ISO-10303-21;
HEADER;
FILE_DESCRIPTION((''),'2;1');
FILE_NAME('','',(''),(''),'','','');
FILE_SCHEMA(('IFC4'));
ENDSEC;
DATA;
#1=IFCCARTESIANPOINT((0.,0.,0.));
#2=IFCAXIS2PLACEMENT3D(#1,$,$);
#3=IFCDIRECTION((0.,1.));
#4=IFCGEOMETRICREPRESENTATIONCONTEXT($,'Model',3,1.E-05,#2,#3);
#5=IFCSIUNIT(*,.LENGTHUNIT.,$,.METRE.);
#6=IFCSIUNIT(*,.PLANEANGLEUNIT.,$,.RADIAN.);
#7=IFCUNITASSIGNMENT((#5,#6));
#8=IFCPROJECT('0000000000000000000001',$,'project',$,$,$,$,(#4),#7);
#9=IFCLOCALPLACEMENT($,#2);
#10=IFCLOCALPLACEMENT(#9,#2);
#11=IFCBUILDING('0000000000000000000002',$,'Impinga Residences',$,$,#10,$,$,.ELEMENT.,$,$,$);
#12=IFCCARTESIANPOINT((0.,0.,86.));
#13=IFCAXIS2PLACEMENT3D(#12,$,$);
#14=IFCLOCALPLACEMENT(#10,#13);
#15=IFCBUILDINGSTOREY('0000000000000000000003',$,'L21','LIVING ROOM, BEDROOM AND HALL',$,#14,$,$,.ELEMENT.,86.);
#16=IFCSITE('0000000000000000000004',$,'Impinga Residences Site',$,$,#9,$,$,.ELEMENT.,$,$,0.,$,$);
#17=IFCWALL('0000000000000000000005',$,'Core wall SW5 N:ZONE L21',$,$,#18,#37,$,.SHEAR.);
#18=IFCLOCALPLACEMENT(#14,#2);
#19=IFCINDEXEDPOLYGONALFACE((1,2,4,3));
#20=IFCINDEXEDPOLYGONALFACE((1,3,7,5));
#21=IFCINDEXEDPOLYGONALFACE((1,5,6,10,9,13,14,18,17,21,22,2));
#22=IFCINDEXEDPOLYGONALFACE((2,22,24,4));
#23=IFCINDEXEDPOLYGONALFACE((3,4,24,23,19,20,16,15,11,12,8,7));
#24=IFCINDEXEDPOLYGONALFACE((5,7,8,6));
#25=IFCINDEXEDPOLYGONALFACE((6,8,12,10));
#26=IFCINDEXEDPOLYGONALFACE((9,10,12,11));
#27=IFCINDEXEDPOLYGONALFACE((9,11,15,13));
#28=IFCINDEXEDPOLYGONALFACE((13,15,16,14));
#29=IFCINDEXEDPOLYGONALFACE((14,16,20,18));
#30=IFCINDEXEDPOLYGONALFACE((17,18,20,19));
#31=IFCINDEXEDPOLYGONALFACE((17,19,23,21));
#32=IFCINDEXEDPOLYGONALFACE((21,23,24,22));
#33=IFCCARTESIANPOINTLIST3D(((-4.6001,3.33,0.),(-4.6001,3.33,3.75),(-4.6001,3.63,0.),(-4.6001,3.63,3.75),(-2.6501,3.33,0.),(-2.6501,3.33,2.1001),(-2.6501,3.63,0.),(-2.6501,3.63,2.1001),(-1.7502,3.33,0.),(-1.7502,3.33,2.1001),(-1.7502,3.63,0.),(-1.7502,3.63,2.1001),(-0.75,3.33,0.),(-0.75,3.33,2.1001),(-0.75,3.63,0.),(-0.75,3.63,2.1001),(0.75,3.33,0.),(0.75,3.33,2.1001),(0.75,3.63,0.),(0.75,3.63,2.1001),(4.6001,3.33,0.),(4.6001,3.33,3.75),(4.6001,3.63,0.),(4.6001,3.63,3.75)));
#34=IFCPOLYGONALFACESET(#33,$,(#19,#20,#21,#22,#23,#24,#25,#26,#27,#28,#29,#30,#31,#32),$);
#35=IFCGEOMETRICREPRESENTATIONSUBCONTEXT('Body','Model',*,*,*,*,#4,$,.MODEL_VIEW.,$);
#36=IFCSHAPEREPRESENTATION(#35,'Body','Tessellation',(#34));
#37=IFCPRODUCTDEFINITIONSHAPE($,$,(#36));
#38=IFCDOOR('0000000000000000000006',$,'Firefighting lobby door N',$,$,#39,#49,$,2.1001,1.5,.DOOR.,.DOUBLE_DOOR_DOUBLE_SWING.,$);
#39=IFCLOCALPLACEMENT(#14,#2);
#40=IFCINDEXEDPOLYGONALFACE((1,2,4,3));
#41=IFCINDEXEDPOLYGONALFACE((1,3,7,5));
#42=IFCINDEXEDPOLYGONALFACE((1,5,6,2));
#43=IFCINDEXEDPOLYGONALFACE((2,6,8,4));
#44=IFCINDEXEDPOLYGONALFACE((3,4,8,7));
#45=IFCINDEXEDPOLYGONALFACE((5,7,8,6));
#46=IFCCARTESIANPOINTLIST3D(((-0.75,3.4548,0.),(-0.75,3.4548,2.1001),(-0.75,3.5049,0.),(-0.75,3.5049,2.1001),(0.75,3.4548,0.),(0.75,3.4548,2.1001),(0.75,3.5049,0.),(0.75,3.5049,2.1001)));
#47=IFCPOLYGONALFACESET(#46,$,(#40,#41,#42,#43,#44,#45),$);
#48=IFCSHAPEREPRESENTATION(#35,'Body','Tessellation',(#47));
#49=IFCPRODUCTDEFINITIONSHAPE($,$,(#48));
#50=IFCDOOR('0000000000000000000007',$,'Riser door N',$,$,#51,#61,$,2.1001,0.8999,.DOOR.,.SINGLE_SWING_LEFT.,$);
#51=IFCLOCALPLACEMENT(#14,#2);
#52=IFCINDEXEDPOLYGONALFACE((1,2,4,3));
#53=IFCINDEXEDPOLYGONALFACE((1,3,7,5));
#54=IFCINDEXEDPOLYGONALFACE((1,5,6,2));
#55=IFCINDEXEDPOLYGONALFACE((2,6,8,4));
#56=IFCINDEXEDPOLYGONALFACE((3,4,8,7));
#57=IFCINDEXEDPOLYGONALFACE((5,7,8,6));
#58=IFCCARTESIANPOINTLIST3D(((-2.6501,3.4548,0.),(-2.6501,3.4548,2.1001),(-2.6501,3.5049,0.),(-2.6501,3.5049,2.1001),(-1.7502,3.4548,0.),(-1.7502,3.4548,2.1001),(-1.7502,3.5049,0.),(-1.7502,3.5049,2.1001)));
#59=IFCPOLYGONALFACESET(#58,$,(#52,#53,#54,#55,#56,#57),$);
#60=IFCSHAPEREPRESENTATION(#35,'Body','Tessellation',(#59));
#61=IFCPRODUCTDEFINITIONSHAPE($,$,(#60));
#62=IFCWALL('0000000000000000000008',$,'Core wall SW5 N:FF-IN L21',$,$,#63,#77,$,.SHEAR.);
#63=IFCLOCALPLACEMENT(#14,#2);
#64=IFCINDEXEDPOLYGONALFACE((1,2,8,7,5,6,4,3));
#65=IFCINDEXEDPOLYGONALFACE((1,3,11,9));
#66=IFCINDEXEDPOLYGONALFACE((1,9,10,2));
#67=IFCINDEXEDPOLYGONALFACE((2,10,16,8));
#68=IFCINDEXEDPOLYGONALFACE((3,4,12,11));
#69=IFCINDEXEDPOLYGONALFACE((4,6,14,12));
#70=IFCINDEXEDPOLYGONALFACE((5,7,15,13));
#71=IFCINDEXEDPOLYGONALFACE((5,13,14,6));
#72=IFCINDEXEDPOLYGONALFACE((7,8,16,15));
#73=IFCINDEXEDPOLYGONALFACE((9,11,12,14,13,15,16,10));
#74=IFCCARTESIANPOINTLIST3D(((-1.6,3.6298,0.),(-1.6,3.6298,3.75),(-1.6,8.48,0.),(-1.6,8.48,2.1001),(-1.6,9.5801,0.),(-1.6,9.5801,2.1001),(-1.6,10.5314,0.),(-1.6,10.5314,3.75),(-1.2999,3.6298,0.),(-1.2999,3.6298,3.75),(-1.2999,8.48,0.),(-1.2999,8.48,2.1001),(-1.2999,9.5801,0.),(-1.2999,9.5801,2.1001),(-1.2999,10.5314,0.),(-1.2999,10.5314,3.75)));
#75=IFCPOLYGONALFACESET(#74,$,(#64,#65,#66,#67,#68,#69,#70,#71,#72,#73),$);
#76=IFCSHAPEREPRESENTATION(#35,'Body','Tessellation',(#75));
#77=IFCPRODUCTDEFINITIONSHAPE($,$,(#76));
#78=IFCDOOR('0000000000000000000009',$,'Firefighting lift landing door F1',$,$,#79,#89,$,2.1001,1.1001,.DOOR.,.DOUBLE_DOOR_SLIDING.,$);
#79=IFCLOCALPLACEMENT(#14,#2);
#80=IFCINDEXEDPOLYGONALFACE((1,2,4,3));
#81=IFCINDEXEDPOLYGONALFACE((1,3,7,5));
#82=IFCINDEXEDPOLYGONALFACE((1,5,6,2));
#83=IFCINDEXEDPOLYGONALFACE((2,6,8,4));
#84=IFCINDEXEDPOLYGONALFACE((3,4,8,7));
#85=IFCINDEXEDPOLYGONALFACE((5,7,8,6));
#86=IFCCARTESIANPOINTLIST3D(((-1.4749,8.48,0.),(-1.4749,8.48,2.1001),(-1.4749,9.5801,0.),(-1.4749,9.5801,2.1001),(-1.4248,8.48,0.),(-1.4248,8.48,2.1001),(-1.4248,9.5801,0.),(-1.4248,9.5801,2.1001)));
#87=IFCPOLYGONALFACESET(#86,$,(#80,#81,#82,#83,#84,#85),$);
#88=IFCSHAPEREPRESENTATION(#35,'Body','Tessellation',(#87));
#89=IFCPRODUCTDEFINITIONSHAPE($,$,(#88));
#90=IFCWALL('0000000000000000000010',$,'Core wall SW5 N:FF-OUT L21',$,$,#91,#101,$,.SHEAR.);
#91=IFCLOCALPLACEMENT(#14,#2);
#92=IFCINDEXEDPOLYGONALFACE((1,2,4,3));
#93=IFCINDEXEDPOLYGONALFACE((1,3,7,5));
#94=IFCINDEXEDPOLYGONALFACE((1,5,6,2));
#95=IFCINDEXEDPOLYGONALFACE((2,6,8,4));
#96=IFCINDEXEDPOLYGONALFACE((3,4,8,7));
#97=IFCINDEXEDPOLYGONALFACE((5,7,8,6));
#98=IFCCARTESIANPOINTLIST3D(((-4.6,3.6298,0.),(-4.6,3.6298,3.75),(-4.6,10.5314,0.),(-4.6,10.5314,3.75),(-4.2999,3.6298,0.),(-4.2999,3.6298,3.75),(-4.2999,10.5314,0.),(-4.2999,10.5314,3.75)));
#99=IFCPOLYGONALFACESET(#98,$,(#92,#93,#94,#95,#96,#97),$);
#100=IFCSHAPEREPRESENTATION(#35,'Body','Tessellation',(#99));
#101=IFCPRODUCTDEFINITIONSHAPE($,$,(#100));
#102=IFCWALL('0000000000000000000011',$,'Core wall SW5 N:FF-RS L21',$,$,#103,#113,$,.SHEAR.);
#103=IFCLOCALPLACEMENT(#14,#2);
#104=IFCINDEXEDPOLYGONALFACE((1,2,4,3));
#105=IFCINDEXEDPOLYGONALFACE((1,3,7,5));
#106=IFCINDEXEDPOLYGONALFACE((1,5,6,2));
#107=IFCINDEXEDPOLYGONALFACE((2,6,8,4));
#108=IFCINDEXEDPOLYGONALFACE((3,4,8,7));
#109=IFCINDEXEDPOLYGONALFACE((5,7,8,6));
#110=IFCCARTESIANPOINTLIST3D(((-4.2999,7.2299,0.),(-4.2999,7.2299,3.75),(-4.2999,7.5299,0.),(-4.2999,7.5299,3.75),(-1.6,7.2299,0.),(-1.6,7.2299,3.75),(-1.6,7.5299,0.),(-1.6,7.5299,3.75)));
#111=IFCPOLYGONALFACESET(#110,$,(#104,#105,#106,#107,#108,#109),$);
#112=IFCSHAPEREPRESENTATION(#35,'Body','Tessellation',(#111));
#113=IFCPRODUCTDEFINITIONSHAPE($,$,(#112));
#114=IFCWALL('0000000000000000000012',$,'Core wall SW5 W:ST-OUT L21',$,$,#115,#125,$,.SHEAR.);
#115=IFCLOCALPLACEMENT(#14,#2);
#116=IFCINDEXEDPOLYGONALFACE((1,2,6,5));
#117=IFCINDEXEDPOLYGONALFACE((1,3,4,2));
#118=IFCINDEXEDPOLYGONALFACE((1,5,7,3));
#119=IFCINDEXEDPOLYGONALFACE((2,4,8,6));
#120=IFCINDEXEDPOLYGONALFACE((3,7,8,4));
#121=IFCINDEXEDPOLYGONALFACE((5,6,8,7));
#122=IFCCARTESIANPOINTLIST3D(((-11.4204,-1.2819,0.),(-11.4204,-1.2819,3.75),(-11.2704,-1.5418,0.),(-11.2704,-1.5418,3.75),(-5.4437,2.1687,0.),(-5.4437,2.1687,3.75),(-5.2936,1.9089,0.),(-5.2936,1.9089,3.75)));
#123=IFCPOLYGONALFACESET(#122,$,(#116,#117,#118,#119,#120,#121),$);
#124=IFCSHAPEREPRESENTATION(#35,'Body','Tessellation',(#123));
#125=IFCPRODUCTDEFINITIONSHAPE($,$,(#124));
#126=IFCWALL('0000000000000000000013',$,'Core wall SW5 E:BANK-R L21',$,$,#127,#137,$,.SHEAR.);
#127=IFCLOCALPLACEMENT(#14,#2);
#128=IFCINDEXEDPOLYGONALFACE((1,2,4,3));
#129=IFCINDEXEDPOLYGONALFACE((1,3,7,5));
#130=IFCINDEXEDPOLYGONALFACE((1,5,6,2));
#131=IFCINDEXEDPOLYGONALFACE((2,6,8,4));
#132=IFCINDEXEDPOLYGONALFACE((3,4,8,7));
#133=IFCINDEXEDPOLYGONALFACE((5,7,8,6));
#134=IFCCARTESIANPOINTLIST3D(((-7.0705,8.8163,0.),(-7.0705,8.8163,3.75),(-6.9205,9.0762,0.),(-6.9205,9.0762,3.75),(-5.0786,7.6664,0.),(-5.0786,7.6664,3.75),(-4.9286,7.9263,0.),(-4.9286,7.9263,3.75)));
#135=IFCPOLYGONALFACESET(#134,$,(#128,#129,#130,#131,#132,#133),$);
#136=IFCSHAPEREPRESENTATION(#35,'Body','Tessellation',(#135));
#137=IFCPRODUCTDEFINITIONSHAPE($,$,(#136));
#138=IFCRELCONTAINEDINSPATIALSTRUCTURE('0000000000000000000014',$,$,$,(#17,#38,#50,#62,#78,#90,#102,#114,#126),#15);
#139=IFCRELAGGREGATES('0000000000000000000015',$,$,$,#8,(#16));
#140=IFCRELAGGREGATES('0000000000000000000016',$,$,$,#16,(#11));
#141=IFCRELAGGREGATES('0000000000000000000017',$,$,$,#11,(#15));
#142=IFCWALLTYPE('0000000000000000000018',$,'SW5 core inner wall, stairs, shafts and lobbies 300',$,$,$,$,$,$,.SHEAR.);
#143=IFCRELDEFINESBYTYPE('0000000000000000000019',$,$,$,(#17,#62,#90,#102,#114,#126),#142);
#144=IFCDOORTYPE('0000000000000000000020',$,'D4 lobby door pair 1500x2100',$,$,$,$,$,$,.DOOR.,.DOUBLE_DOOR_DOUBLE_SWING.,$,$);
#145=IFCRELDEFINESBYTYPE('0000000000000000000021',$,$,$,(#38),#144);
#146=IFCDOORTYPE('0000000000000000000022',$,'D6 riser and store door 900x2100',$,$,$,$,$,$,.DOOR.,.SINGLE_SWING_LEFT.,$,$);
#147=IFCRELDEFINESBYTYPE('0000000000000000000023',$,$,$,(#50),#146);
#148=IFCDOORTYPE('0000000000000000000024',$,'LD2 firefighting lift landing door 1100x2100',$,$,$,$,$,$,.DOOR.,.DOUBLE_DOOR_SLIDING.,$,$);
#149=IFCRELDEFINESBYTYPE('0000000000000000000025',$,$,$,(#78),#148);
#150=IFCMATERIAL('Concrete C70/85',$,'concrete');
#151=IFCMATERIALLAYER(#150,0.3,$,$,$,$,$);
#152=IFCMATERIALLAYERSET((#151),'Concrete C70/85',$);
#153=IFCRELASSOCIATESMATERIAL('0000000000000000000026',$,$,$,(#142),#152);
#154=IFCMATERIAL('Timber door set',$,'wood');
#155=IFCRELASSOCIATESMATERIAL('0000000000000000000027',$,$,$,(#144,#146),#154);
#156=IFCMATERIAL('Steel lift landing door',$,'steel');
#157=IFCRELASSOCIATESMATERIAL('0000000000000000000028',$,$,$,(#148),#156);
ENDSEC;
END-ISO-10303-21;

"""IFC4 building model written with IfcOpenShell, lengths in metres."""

from ifc_helpers import new_model, si_unit, direction, frame, frame_2d, origin, place, context, subcontext, project, spatial, rectangle, extrude, material, layer, layer_set, type_object, element, fill, save


model = new_model("IFC4")

# Units and contexts
model_context = context("Model", 3, precision=1e-05, world=origin(), true_north=direction((0.0, 1.0)))
body_context = subcontext(model_context, "Body", "Model", "MODEL_VIEW")
ifc_project = project(units=[si_unit("LENGTHUNIT", "METRE"), si_unit("PLANEANGLEUNIT", "RADIAN")], contexts=[model_context])

# Site, building, storey
site_placement = place(None, origin())
site = spatial("IfcSite", under=ifc_project, at=site_placement, Name="Impinga Residences Site", CompositionType="ELEMENT", RefElevation=0.0)
building_placement = place(site_placement, origin())
building = spatial("IfcBuilding", under=site, at=building_placement, Name="Impinga Residences", CompositionType="ELEMENT")
storey_placement = place(building_placement, frame((0.0, 0.0, 86.0)))
storey = spatial("IfcBuildingStorey", under=building, at=storey_placement, Name="L21", Description="LIVING ROOM, BEDROOM AND HALL", CompositionType="ELEMENT", Elevation=86.0)

# Wall, openings, doors
ifc_material_1 = material(Name="Concrete C70/85", Category="concrete")
ifc_material_2 = material(Name="Timber door set", Category="wood")
ifc_layer_1 = layer(ifc_material_1, 0.3)
ifc_layer_set_1 = layer_set([ifc_layer_1], Name="Concrete C70/85")
wall_type_1 = type_object("IfcWallType", Name="SW5 core inner wall, stairs, shafts and lobbies 300", PredefinedType="SHEAR", material=ifc_layer_set_1)
wall_1_placement = place(storey_placement, frame((-4.6001, 3.48, 0.0), z_axis=(0.0, 0.0, 1.0), x_axis=(1.0, 0.0, 0.0)))
wall_1 = element("IfcWall", 1, at=wall_1_placement, inside=storey, type_object=wall_type_1, Name="Core wall SW5 N:ZONE L21", PredefinedType="SHEAR", context=body_context, shape_type="SweptSolid", body=[
    extrude(rectangle(XDim=9.2002, YDim=0.3, at=frame_2d((4.6001, 0.0))), origin(), (0.0, 0.0, 1.0), 3.75),
])
opening_1_placement = place(wall_1_placement, frame((3.8501, 0.0, 0.0)))
opening_1 = element("IfcOpeningElement", 2, at=opening_1_placement, cuts=wall_1, PredefinedType="OPENING", context=body_context, shape_type="SweptSolid", body=[
    extrude(rectangle(XDim=1.5, YDim=2.1001, at=frame_2d((0.75, 1.05))), frame((0.0, 0.1599, 0.0), z_axis=(0.0, -1.0, 0.0), x_axis=(1.0, 0.0, 0.0)), (0.0, 0.0, 1.0), 0.3201),
])
opening_2_placement = place(wall_1_placement, frame((1.95, 0.0, 0.0)))
opening_2 = element("IfcOpeningElement", 3, at=opening_2_placement, cuts=wall_1, PredefinedType="OPENING", context=body_context, shape_type="SweptSolid", body=[
    extrude(rectangle(XDim=0.8999, YDim=2.1001, at=frame_2d((0.45, 1.05))), frame((0.0, 0.1599, 0.0), z_axis=(0.0, -1.0, 0.0), x_axis=(1.0, 0.0, 0.0)), (0.0, 0.0, 1.0), 0.3201),
])
door_type_1 = type_object("IfcDoorType", Name="D4 lobby door pair 1500x2100", OperationType="DOUBLE_DOOR_DOUBLE_SWING", PredefinedType="DOOR", material=ifc_material_2)
door_1_placement = place(opening_1_placement, origin())
door_1 = element("IfcDoor", 4, at=door_1_placement, inside=storey, type_object=door_type_1, Name="Firefighting lobby door N", OperationType="DOUBLE_DOOR_DOUBLE_SWING", OverallHeight=2.1001, OverallWidth=1.5, PredefinedType="DOOR", context=body_context, shape_type="SweptSolid", body=[
    extrude(rectangle(XDim=1.5, YDim=2.1001, at=frame_2d((0.75, 1.05))), frame((0.0, 0.0249, 0.0), z_axis=(0.0, -1.0, 0.0), x_axis=(1.0, 0.0, 0.0)), (0.0, 0.0, 1.0), 0.05),
])
fill(opening_1, door_1)
door_type_2 = type_object("IfcDoorType", Name="D6 riser and store door 900x2100", OperationType="SINGLE_SWING_LEFT", PredefinedType="DOOR", material=ifc_material_2)
door_2_placement = place(opening_2_placement, origin())
door_2 = element("IfcDoor", 5, at=door_2_placement, inside=storey, type_object=door_type_2, Name="Riser door N", OperationType="SINGLE_SWING_LEFT", OverallHeight=2.1001, OverallWidth=0.8999, PredefinedType="DOOR", context=body_context, shape_type="SweptSolid", body=[
    extrude(rectangle(XDim=0.8999, YDim=2.1001, at=frame_2d((0.45, 1.05))), frame((0.0, 0.0249, 0.0), z_axis=(0.0, -1.0, 0.0), x_axis=(1.0, 0.0, 0.0)), (0.0, 0.0, 1.0), 0.05),
])
fill(opening_2, door_2)

# Wall, opening, door
wall_2_placement = place(storey_placement, frame((-1.45, 3.6299, 0.0), z_axis=(0.0, 0.0, 1.0), x_axis=(0.0, 1.0, 0.0)))
wall_2 = element("IfcWall", 6, at=wall_2_placement, inside=storey, type_object=wall_type_1, Name="Core wall SW5 N:FF-IN L21", PredefinedType="SHEAR", context=body_context, shape_type="SweptSolid", body=[
    extrude(rectangle(XDim=6.9016, YDim=0.3, at=frame_2d((3.4507, 0.0))), origin(), (0.0, 0.0, 1.0), 3.75),
])
opening_3_placement = place(wall_2_placement, frame((4.8501, 0.0, 0.0)))
opening_3 = element("IfcOpeningElement", 7, at=opening_3_placement, cuts=wall_2, PredefinedType="OPENING", context=body_context, shape_type="SweptSolid", body=[
    extrude(rectangle(XDim=1.1001, YDim=2.1001, at=frame_2d((0.55, 1.05))), frame((0.0, 0.1599, 0.0), z_axis=(0.0, -1.0, 0.0), x_axis=(1.0, 0.0, 0.0)), (0.0, 0.0, 1.0), 0.3201),
])
ifc_material_3 = material(Name="Steel lift landing door", Category="steel")
door_type_3 = type_object("IfcDoorType", Name="LD2 firefighting lift landing door 1100x2100", OperationType="DOUBLE_DOOR_SLIDING", PredefinedType="DOOR", material=ifc_material_3)
door_3_placement = place(opening_3_placement, origin())
door_3 = element("IfcDoor", 8, at=door_3_placement, inside=storey, type_object=door_type_3, Name="Firefighting lift landing door F1", OperationType="DOUBLE_DOOR_SLIDING", OverallHeight=2.1001, OverallWidth=1.1001, PredefinedType="DOOR", context=body_context, shape_type="SweptSolid", body=[
    extrude(rectangle(XDim=1.1001, YDim=2.1001, at=frame_2d((0.55, 1.05))), frame((0.0, 0.0249, 0.0), z_axis=(0.0, -1.0, 0.0), x_axis=(1.0, 0.0, 0.0)), (0.0, 0.0, 1.0), 0.05),
])
fill(opening_3, door_3)

# Walls
wall_3_placement = place(storey_placement, frame((-4.45, 3.6299, 0.0), z_axis=(0.0, 0.0, 1.0), x_axis=(0.0, 1.0, 0.0)))
element("IfcWall", 9, at=wall_3_placement, inside=storey, type_object=wall_type_1, Name="Core wall SW5 N:FF-OUT L21", PredefinedType="SHEAR", context=body_context, shape_type="SweptSolid", body=[
    extrude(rectangle(XDim=6.9016, YDim=0.3, at=frame_2d((3.4507, 0.0))), origin(), (0.0, 0.0, 1.0), 3.75),
])
wall_4_placement = place(storey_placement, frame((-4.3, 7.3799, 0.0), z_axis=(0.0, 0.0, 1.0), x_axis=(1.0, 0.0, 0.0)))
element("IfcWall", 10, at=wall_4_placement, inside=storey, type_object=wall_type_1, Name="Core wall SW5 N:FF-RS L21", PredefinedType="SHEAR", context=body_context, shape_type="SweptSolid", body=[
    extrude(rectangle(XDim=2.7, YDim=0.3, at=frame_2d((1.3501, 0.0))), origin(), (0.0, 0.0, 1.0), 3.75),
])
wall_5_placement = place(storey_placement, frame((-5.3687, 2.0388, 0.0), z_axis=(0.0, 0.0, 1.0), x_axis=(-0.866027, -0.499997, 0.0)))
element("IfcWall", 11, at=wall_5_placement, inside=storey, type_object=wall_type_1, Name="Core wall SW5 W:ST-OUT L21", PredefinedType="SHEAR", context=body_context, shape_type="SweptSolid", body=[
    extrude(rectangle(XDim=6.9014, YDim=0.3, at=frame_2d((3.4507, 0.0))), origin(), (0.0, 0.0, 1.0), 3.75),
])
wall_6_placement = place(storey_placement, frame((-5.0037, 7.7964, 0.0), z_axis=(0.0, 0.0, 1.0), x_axis=(-0.866053, 0.499952, 0.0)))
element("IfcWall", 12, at=wall_6_placement, inside=storey, type_object=wall_type_1, Name="Core wall SW5 E:BANK-R L21", PredefinedType="SHEAR", context=body_context, shape_type="SweptSolid", body=[
    extrude(rectangle(XDim=2.3, YDim=0.3, at=frame_2d((1.1499, 0.0))), origin(), (0.0, 0.0, 1.0), 3.75),
])

save(model, "model.ifc")
